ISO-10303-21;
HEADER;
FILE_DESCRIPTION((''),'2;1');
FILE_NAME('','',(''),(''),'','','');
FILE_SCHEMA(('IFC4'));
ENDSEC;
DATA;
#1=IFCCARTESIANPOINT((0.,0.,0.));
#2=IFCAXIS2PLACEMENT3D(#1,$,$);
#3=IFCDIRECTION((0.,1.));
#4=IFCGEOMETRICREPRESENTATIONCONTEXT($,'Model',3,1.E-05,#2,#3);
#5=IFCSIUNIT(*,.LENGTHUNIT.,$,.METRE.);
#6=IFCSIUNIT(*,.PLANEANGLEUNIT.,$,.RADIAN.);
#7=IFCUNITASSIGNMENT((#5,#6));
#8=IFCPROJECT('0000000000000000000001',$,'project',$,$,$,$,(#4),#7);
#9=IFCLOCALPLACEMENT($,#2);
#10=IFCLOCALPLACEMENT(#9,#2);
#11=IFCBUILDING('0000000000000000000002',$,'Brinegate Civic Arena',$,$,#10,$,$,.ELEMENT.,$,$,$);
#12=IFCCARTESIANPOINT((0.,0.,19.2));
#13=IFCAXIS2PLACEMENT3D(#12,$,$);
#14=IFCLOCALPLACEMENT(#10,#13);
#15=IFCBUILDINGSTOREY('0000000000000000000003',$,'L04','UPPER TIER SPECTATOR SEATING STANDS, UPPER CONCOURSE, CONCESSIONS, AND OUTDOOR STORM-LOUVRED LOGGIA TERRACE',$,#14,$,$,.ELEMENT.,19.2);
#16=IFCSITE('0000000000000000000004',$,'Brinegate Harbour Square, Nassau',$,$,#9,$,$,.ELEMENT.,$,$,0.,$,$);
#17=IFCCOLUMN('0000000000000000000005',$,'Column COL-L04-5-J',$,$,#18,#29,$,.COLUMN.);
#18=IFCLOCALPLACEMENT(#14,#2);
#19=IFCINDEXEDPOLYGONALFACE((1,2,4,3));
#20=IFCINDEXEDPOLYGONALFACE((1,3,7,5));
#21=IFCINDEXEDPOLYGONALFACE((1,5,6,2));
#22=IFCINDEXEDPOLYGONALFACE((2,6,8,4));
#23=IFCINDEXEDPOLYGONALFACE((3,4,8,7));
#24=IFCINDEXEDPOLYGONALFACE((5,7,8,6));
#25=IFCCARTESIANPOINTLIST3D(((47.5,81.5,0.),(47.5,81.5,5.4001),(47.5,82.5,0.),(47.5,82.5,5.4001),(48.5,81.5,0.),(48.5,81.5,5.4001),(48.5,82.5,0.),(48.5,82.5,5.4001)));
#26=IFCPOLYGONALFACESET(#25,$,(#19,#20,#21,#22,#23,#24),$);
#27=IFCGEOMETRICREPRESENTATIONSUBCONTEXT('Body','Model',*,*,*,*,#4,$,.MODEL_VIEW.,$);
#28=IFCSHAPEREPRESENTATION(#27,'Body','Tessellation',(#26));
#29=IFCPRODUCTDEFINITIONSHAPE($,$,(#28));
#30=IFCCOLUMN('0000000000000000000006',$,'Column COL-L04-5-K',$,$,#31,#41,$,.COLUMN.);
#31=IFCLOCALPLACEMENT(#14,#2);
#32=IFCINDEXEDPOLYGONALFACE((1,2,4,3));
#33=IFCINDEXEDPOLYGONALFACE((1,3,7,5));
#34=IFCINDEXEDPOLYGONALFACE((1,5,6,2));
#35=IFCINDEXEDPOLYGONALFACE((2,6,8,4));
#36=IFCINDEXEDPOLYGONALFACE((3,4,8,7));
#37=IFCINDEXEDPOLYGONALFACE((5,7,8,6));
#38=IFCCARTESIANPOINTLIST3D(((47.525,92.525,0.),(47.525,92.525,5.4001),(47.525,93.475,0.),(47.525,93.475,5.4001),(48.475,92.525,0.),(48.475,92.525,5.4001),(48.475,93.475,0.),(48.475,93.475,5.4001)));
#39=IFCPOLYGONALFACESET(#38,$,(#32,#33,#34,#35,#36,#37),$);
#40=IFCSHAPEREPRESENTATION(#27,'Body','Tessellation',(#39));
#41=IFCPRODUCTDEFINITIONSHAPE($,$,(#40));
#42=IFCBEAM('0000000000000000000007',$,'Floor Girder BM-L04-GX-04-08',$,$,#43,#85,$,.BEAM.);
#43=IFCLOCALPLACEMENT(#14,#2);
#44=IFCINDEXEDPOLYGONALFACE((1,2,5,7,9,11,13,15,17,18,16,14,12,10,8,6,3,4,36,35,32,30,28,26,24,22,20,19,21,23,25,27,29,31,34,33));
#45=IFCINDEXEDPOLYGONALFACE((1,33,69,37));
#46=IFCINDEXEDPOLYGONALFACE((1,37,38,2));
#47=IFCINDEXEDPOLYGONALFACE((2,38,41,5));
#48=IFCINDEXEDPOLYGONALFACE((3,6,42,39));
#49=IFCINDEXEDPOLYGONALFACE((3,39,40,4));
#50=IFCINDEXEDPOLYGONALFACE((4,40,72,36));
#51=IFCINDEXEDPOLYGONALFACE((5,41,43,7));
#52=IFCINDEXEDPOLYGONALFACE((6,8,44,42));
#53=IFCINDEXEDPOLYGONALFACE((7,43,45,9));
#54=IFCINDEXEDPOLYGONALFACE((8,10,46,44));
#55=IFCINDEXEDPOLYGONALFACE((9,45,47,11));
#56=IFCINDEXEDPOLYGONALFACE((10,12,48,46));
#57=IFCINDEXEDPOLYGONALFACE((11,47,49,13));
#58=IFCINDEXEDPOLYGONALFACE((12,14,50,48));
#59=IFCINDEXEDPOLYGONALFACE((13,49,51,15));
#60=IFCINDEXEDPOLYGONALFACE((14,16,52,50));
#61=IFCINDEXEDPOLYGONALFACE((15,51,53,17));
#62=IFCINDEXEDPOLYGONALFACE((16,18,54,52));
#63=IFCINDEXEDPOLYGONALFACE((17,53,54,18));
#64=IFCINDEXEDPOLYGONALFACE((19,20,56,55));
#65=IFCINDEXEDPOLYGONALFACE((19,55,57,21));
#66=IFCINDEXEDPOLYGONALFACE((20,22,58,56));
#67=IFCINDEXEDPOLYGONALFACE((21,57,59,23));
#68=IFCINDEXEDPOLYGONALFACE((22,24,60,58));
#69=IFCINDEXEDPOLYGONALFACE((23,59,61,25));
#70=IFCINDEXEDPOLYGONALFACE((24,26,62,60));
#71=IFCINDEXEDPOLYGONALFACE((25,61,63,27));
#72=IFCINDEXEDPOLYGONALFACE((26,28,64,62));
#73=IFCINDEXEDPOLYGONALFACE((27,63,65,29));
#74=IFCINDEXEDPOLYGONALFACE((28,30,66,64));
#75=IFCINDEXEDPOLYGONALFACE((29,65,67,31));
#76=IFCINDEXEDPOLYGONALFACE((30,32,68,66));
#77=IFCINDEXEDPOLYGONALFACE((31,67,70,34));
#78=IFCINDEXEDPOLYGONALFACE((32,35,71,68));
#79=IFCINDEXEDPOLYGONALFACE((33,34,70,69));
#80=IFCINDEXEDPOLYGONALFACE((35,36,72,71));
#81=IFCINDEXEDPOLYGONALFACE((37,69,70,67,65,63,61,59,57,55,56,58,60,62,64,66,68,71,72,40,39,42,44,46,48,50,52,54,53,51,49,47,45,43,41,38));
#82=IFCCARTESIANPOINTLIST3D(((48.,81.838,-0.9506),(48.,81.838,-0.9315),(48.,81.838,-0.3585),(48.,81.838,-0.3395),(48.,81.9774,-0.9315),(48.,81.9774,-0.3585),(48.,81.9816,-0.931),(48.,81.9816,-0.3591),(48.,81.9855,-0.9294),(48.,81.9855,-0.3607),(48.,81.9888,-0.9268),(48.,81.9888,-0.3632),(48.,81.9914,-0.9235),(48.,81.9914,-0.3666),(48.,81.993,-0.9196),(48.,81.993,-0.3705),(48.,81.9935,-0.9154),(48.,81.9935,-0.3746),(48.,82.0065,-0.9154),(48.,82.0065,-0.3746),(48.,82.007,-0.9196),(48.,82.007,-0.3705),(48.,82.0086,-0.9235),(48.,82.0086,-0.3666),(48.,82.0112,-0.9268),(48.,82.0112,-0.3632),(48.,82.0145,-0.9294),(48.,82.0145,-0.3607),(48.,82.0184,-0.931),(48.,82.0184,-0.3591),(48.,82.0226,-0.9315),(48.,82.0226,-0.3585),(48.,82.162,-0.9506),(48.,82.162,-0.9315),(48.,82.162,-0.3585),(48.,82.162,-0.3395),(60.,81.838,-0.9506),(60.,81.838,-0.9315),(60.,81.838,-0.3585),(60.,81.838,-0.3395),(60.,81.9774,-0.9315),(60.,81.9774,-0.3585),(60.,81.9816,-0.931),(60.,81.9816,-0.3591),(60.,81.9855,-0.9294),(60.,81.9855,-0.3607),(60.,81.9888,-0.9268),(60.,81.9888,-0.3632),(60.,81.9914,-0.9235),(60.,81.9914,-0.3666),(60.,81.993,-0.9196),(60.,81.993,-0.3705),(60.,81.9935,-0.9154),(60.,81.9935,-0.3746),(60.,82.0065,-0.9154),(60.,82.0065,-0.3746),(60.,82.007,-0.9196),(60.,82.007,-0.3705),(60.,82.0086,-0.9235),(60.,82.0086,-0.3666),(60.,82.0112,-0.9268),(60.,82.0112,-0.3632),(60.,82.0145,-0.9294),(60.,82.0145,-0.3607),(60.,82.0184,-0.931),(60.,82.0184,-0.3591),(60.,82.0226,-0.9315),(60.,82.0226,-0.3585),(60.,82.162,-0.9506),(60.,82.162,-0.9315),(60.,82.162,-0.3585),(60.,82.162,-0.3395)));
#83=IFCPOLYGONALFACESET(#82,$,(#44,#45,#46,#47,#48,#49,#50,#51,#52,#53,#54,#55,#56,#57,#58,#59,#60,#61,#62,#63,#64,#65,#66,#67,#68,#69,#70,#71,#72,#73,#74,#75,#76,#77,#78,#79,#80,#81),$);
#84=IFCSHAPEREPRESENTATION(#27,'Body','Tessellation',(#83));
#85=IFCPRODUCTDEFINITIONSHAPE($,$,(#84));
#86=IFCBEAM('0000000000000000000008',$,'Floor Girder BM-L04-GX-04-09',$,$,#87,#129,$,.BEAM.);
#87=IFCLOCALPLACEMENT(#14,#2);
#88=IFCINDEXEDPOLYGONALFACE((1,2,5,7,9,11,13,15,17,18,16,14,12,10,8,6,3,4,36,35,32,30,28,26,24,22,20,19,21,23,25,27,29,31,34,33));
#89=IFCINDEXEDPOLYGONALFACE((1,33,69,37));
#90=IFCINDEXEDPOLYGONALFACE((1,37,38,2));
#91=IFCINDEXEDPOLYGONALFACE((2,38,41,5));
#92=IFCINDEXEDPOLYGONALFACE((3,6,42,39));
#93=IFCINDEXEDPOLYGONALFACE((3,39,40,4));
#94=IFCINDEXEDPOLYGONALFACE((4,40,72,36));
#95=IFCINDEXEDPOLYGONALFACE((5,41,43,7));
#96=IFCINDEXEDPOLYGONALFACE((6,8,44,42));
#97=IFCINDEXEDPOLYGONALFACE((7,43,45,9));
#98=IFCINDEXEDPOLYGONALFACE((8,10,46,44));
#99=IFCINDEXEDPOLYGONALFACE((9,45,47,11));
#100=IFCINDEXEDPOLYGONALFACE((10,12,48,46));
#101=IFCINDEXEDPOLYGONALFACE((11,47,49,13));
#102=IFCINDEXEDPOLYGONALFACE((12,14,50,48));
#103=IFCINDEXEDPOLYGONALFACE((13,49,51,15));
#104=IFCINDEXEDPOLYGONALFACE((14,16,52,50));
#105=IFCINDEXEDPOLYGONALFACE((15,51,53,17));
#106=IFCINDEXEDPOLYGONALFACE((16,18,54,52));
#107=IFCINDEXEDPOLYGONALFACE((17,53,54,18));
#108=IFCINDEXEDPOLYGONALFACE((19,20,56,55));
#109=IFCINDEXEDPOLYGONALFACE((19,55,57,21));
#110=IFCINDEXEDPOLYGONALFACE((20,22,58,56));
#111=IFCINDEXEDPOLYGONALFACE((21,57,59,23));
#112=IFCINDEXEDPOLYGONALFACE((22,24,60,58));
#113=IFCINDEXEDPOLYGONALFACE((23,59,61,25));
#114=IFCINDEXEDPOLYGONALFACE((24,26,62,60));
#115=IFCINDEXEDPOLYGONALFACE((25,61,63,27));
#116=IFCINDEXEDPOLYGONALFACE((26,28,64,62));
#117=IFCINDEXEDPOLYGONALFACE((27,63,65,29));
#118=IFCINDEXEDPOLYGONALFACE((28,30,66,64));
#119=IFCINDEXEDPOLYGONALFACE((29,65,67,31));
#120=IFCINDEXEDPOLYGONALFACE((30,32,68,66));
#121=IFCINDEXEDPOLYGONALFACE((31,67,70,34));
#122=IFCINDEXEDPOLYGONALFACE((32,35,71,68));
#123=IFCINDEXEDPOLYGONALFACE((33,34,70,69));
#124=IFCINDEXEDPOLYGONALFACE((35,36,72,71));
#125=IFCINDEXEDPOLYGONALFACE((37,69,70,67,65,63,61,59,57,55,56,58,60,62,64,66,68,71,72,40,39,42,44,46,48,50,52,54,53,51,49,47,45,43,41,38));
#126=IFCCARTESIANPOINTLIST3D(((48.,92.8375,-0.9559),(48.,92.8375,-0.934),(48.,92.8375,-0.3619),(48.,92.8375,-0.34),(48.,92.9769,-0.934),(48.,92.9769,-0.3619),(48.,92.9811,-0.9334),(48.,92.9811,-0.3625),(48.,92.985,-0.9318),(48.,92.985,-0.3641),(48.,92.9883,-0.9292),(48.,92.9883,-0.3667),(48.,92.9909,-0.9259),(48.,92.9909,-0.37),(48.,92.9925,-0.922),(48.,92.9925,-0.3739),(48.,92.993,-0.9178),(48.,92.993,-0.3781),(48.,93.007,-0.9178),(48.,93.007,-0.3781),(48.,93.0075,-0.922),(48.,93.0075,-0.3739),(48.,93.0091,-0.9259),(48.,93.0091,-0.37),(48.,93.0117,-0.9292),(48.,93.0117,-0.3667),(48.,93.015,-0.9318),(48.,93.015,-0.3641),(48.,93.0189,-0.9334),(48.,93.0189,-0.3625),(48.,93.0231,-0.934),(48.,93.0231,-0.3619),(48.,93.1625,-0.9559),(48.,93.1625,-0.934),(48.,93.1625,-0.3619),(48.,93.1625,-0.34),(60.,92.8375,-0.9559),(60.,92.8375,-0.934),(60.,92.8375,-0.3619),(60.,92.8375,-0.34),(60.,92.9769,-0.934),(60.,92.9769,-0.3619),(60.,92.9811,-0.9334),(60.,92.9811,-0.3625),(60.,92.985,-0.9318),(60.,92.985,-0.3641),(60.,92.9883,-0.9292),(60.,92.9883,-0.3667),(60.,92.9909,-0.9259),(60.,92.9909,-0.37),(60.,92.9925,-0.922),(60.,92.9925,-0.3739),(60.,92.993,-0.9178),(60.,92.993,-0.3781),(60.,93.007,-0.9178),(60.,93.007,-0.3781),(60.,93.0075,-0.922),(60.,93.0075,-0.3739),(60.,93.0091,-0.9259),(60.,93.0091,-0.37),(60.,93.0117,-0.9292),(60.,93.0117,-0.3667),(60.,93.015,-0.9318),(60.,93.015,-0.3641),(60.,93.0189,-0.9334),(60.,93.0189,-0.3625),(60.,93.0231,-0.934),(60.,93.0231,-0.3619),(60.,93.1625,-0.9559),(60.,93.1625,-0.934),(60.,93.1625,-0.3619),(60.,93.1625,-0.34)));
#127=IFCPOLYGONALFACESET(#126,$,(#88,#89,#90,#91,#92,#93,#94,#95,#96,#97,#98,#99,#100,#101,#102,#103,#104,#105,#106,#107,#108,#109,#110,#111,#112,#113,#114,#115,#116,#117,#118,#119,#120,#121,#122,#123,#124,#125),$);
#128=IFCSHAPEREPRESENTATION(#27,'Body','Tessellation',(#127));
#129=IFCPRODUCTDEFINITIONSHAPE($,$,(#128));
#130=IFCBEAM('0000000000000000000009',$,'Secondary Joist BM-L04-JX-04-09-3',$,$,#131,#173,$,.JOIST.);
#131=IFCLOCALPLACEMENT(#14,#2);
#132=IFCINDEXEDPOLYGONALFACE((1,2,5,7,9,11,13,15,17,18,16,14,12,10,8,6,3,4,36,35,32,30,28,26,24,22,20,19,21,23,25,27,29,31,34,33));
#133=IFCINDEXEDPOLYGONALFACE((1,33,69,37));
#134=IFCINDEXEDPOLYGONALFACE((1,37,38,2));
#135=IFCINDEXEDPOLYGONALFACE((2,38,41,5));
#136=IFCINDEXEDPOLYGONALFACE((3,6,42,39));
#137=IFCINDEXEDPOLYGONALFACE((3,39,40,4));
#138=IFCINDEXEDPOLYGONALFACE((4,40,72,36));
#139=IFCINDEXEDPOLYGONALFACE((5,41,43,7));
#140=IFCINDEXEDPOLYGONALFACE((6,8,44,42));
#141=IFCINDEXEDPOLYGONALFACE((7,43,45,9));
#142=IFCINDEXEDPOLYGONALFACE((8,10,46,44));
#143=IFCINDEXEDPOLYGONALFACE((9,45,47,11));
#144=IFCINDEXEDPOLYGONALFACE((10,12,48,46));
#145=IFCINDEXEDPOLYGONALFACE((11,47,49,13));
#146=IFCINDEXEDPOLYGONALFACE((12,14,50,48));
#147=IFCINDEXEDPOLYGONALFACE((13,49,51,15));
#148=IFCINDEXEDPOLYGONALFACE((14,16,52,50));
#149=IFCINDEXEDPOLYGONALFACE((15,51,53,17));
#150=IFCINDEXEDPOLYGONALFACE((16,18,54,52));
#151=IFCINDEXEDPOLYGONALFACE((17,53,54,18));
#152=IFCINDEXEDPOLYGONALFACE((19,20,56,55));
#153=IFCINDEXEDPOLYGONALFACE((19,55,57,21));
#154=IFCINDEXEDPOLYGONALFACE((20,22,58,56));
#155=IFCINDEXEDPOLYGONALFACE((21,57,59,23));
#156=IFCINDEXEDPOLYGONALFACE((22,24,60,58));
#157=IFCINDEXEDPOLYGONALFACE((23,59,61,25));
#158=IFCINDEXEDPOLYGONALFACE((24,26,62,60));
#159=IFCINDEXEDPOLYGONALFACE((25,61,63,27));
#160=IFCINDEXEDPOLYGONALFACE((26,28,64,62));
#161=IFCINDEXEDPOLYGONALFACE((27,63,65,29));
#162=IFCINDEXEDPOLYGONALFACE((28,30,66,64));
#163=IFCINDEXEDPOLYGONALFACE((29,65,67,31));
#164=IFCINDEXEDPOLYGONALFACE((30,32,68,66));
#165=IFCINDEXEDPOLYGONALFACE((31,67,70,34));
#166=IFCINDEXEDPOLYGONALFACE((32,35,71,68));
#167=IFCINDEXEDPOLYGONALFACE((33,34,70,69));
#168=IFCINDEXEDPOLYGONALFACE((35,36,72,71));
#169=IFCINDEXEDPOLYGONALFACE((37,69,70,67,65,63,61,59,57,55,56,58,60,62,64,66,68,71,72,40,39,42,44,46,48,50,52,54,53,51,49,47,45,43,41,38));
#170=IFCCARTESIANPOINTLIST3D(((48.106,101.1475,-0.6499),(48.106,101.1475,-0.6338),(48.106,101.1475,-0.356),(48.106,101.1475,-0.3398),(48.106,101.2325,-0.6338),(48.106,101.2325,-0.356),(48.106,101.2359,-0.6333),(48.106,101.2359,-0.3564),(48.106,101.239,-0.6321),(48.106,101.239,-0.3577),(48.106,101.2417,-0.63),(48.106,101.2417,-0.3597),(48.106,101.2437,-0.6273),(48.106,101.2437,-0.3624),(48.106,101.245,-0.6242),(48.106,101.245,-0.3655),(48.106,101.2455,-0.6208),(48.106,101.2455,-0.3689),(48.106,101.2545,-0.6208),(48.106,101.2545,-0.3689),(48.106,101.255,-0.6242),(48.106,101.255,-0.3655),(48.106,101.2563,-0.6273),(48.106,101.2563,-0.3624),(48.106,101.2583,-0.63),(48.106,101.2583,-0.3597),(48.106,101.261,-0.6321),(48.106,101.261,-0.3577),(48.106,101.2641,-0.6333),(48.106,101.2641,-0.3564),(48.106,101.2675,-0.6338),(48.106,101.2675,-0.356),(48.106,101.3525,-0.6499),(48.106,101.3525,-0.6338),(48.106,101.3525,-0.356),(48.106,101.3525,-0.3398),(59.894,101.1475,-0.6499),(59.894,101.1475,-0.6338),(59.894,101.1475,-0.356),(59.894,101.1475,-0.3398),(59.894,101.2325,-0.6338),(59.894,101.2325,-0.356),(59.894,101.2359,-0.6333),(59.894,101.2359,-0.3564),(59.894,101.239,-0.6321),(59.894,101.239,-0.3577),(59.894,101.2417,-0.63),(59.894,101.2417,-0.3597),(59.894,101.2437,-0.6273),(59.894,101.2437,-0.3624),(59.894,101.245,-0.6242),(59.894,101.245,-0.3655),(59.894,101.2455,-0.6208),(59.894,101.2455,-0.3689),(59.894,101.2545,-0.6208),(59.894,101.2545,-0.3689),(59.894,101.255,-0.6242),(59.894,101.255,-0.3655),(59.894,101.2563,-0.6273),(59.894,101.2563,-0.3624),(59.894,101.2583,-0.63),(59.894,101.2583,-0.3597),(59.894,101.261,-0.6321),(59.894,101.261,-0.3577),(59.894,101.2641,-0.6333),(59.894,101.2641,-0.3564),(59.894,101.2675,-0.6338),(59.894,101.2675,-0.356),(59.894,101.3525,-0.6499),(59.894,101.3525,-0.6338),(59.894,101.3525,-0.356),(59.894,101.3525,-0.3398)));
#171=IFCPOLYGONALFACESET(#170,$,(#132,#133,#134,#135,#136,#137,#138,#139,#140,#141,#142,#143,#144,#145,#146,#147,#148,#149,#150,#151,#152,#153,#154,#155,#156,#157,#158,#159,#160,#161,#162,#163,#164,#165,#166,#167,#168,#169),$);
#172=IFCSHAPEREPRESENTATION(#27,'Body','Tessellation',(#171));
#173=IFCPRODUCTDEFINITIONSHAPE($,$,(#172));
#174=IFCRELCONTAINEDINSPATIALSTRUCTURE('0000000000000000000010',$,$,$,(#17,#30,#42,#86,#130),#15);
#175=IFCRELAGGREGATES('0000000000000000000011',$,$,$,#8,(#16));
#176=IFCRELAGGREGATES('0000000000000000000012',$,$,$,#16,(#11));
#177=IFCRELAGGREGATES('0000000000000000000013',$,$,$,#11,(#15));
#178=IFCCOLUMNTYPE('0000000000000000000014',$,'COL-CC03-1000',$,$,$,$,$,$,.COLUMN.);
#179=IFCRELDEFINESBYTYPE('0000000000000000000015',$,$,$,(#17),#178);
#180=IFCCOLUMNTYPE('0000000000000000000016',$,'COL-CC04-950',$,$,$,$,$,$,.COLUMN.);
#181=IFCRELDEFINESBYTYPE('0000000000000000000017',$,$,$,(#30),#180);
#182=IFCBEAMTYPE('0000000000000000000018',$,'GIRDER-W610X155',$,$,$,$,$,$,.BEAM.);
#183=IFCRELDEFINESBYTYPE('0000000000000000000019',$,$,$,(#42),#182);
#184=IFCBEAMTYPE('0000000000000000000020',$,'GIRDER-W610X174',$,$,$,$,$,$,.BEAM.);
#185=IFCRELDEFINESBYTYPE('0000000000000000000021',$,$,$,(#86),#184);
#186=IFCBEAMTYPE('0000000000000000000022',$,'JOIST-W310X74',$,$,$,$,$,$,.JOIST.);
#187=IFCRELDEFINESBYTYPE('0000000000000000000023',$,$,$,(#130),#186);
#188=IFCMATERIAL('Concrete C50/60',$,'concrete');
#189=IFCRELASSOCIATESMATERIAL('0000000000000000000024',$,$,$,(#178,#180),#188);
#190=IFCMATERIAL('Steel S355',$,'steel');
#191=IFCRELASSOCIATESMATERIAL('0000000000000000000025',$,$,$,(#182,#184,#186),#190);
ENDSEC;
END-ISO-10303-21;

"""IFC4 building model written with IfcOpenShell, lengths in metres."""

from ifc_helpers import new_model, si_unit, direction, frame, origin, origin_2d, place, context, subcontext, project, spatial, rectangle, i_section, extrude, material, material_profile, profile_set, type_object, element, save


model = new_model("IFC4")

# Units and contexts
model_context = context("Model", 3, precision=1e-05, world=origin(), true_north=direction((0.0, 1.0)))
body_context = subcontext(model_context, "Body", "Model", "MODEL_VIEW")
ifc_project = project(units=[si_unit("LENGTHUNIT", "METRE"), si_unit("PLANEANGLEUNIT", "RADIAN")], contexts=[model_context])

# Site, building, storey
site_placement = place(None, origin())
site = spatial("IfcSite", under=ifc_project, at=site_placement, Name="Brinegate Harbour Square, Nassau", CompositionType="ELEMENT", RefElevation=0.0)
building_placement = place(site_placement, origin())
building = spatial("IfcBuilding", under=site, at=building_placement, Name="Brinegate Civic Arena", CompositionType="ELEMENT")
storey_placement = place(building_placement, frame((0.0, 0.0, 19.2)))
storey = spatial("IfcBuildingStorey", under=building, at=storey_placement, Name="L04", Description="UPPER TIER SPECTATOR SEATING STANDS, UPPER CONCOURSE, CONCESSIONS, AND OUTDOOR STORM-LOUVRED LOGGIA TERRACE", CompositionType="ELEMENT", Elevation=19.2)

# Columns
ifc_material_1 = material(Name="Concrete C50/60", Category="concrete")
ifc_material_profile_1 = material_profile(ifc_material_1, rectangle(XDim=1.0, YDim=1.0, at=origin_2d()), Name="RC1000X1000")
ifc_profile_set_1 = profile_set([ifc_material_profile_1], Name="Concrete C50/60")
column_type_1 = type_object("IfcColumnType", Name="COL-CC03-1000", PredefinedType="COLUMN", material=ifc_profile_set_1)
column_1_placement = place(storey_placement, frame((48.0, 82.0, 0.0), z_axis=(0.0, 0.0, 1.0), x_axis=(1.0, 0.0, 0.0)))
element("IfcColumn", 1, at=column_1_placement, inside=storey, type_object=column_type_1, Name="Column COL-L04-5-J", PredefinedType="COLUMN", context=body_context, shape_type="SweptSolid", body=[
    extrude(rectangle(XDim=1.0, YDim=1.0, at=origin_2d()), origin(), (0.0, 0.0, 1.0), 5.4001),
])
ifc_material_profile_2 = material_profile(ifc_material_1, rectangle(XDim=0.95, YDim=0.95, at=origin_2d()), Name="RC950X950")
ifc_profile_set_2 = profile_set([ifc_material_profile_2], Name="Concrete C50/60")
column_type_2 = type_object("IfcColumnType", Name="COL-CC04-950", PredefinedType="COLUMN", material=ifc_profile_set_2)
column_2_placement = place(storey_placement, frame((48.0, 93.0, 0.0), z_axis=(0.0, 0.0, 1.0), x_axis=(1.0, 0.0, 0.0)))
element("IfcColumn", 2, at=column_2_placement, inside=storey, type_object=column_type_2, Name="Column COL-L04-5-K", PredefinedType="COLUMN", context=body_context, shape_type="SweptSolid", body=[
    extrude(rectangle(XDim=0.95, YDim=0.95, at=origin_2d()), origin(), (0.0, 0.0, 1.0), 5.4001),
])

# Beams
ifc_material_2 = material(Name="Steel S355", Category="steel")
ifc_material_profile_3 = material_profile(ifc_material_2, i_section(OverallWidth=0.324, OverallDepth=0.6111, WebThickness=0.0129, FlangeThickness=0.019, FilletRadius=0.0161, at=origin_2d()), Name="W610X155")
ifc_profile_set_3 = profile_set([ifc_material_profile_3], Name="Steel S355")
beam_type_1 = type_object("IfcBeamType", Name="GIRDER-W610X155", PredefinedType="BEAM", material=ifc_profile_set_3)
beam_1_placement = place(storey_placement, frame((48.0, 82.0, -0.645), z_axis=(1.0, 0.0, 0.0), x_axis=(0.0, 1.0, 0.0)))
element("IfcBeam", 3, at=beam_1_placement, inside=storey, type_object=beam_type_1, Name="Floor Girder BM-L04-GX-04-08", PredefinedType="BEAM", context=body_context, shape_type="SweptSolid", body=[
    extrude(i_section(OverallWidth=0.324, OverallDepth=0.6111, WebThickness=0.0129, FlangeThickness=0.019, FilletRadius=0.0161, at=origin_2d()), origin(), (0.0, 0.0, 1.0), 12.0),
])
ifc_material_profile_4 = material_profile(ifc_material_2, i_section(OverallWidth=0.325, OverallDepth=0.616, WebThickness=0.0139, FlangeThickness=0.022, FilletRadius=0.0161, at=origin_2d()), Name="W610X174")
ifc_profile_set_4 = profile_set([ifc_material_profile_4], Name="Steel S355")
beam_type_2 = type_object("IfcBeamType", Name="GIRDER-W610X174", PredefinedType="BEAM", material=ifc_profile_set_4)
beam_2_placement = place(storey_placement, frame((48.0, 93.0, -0.6479), z_axis=(1.0, 0.0, 0.0), x_axis=(0.0, 1.0, 0.0)))
element("IfcBeam", 4, at=beam_2_placement, inside=storey, type_object=beam_type_2, Name="Floor Girder BM-L04-GX-04-09", PredefinedType="BEAM", context=body_context, shape_type="SweptSolid", body=[
    extrude(i_section(OverallWidth=0.325, OverallDepth=0.616, WebThickness=0.0139, FlangeThickness=0.022, FilletRadius=0.0161, at=origin_2d()), origin(), (0.0, 0.0, 1.0), 12.0),
])
ifc_material_profile_5 = material_profile(ifc_material_2, i_section(OverallWidth=0.2051, OverallDepth=0.3101, WebThickness=0.009, FlangeThickness=0.0161, FilletRadius=0.0129, at=origin_2d()), Name="W310X74")
ifc_profile_set_5 = profile_set([ifc_material_profile_5], Name="Steel S355")
beam_type_3 = type_object("IfcBeamType", Name="JOIST-W310X74", PredefinedType="JOIST", material=ifc_profile_set_5)
beam_3_placement = place(storey_placement, frame((48.106, 101.25, -0.4949), z_axis=(1.0, 0.0, 0.0), x_axis=(0.0, 1.0, 0.0)))
element("IfcBeam", 5, at=beam_3_placement, inside=storey, type_object=beam_type_3, Name="Secondary Joist BM-L04-JX-04-09-3", PredefinedType="JOIST", context=body_context, shape_type="SweptSolid", body=[
    extrude(i_section(OverallWidth=0.2051, OverallDepth=0.3101, WebThickness=0.009, FlangeThickness=0.0161, FilletRadius=0.0129, at=origin_2d()), origin(), (0.0, 0.0, 1.0), 11.7881),
])

save(model, "model.ifc")
